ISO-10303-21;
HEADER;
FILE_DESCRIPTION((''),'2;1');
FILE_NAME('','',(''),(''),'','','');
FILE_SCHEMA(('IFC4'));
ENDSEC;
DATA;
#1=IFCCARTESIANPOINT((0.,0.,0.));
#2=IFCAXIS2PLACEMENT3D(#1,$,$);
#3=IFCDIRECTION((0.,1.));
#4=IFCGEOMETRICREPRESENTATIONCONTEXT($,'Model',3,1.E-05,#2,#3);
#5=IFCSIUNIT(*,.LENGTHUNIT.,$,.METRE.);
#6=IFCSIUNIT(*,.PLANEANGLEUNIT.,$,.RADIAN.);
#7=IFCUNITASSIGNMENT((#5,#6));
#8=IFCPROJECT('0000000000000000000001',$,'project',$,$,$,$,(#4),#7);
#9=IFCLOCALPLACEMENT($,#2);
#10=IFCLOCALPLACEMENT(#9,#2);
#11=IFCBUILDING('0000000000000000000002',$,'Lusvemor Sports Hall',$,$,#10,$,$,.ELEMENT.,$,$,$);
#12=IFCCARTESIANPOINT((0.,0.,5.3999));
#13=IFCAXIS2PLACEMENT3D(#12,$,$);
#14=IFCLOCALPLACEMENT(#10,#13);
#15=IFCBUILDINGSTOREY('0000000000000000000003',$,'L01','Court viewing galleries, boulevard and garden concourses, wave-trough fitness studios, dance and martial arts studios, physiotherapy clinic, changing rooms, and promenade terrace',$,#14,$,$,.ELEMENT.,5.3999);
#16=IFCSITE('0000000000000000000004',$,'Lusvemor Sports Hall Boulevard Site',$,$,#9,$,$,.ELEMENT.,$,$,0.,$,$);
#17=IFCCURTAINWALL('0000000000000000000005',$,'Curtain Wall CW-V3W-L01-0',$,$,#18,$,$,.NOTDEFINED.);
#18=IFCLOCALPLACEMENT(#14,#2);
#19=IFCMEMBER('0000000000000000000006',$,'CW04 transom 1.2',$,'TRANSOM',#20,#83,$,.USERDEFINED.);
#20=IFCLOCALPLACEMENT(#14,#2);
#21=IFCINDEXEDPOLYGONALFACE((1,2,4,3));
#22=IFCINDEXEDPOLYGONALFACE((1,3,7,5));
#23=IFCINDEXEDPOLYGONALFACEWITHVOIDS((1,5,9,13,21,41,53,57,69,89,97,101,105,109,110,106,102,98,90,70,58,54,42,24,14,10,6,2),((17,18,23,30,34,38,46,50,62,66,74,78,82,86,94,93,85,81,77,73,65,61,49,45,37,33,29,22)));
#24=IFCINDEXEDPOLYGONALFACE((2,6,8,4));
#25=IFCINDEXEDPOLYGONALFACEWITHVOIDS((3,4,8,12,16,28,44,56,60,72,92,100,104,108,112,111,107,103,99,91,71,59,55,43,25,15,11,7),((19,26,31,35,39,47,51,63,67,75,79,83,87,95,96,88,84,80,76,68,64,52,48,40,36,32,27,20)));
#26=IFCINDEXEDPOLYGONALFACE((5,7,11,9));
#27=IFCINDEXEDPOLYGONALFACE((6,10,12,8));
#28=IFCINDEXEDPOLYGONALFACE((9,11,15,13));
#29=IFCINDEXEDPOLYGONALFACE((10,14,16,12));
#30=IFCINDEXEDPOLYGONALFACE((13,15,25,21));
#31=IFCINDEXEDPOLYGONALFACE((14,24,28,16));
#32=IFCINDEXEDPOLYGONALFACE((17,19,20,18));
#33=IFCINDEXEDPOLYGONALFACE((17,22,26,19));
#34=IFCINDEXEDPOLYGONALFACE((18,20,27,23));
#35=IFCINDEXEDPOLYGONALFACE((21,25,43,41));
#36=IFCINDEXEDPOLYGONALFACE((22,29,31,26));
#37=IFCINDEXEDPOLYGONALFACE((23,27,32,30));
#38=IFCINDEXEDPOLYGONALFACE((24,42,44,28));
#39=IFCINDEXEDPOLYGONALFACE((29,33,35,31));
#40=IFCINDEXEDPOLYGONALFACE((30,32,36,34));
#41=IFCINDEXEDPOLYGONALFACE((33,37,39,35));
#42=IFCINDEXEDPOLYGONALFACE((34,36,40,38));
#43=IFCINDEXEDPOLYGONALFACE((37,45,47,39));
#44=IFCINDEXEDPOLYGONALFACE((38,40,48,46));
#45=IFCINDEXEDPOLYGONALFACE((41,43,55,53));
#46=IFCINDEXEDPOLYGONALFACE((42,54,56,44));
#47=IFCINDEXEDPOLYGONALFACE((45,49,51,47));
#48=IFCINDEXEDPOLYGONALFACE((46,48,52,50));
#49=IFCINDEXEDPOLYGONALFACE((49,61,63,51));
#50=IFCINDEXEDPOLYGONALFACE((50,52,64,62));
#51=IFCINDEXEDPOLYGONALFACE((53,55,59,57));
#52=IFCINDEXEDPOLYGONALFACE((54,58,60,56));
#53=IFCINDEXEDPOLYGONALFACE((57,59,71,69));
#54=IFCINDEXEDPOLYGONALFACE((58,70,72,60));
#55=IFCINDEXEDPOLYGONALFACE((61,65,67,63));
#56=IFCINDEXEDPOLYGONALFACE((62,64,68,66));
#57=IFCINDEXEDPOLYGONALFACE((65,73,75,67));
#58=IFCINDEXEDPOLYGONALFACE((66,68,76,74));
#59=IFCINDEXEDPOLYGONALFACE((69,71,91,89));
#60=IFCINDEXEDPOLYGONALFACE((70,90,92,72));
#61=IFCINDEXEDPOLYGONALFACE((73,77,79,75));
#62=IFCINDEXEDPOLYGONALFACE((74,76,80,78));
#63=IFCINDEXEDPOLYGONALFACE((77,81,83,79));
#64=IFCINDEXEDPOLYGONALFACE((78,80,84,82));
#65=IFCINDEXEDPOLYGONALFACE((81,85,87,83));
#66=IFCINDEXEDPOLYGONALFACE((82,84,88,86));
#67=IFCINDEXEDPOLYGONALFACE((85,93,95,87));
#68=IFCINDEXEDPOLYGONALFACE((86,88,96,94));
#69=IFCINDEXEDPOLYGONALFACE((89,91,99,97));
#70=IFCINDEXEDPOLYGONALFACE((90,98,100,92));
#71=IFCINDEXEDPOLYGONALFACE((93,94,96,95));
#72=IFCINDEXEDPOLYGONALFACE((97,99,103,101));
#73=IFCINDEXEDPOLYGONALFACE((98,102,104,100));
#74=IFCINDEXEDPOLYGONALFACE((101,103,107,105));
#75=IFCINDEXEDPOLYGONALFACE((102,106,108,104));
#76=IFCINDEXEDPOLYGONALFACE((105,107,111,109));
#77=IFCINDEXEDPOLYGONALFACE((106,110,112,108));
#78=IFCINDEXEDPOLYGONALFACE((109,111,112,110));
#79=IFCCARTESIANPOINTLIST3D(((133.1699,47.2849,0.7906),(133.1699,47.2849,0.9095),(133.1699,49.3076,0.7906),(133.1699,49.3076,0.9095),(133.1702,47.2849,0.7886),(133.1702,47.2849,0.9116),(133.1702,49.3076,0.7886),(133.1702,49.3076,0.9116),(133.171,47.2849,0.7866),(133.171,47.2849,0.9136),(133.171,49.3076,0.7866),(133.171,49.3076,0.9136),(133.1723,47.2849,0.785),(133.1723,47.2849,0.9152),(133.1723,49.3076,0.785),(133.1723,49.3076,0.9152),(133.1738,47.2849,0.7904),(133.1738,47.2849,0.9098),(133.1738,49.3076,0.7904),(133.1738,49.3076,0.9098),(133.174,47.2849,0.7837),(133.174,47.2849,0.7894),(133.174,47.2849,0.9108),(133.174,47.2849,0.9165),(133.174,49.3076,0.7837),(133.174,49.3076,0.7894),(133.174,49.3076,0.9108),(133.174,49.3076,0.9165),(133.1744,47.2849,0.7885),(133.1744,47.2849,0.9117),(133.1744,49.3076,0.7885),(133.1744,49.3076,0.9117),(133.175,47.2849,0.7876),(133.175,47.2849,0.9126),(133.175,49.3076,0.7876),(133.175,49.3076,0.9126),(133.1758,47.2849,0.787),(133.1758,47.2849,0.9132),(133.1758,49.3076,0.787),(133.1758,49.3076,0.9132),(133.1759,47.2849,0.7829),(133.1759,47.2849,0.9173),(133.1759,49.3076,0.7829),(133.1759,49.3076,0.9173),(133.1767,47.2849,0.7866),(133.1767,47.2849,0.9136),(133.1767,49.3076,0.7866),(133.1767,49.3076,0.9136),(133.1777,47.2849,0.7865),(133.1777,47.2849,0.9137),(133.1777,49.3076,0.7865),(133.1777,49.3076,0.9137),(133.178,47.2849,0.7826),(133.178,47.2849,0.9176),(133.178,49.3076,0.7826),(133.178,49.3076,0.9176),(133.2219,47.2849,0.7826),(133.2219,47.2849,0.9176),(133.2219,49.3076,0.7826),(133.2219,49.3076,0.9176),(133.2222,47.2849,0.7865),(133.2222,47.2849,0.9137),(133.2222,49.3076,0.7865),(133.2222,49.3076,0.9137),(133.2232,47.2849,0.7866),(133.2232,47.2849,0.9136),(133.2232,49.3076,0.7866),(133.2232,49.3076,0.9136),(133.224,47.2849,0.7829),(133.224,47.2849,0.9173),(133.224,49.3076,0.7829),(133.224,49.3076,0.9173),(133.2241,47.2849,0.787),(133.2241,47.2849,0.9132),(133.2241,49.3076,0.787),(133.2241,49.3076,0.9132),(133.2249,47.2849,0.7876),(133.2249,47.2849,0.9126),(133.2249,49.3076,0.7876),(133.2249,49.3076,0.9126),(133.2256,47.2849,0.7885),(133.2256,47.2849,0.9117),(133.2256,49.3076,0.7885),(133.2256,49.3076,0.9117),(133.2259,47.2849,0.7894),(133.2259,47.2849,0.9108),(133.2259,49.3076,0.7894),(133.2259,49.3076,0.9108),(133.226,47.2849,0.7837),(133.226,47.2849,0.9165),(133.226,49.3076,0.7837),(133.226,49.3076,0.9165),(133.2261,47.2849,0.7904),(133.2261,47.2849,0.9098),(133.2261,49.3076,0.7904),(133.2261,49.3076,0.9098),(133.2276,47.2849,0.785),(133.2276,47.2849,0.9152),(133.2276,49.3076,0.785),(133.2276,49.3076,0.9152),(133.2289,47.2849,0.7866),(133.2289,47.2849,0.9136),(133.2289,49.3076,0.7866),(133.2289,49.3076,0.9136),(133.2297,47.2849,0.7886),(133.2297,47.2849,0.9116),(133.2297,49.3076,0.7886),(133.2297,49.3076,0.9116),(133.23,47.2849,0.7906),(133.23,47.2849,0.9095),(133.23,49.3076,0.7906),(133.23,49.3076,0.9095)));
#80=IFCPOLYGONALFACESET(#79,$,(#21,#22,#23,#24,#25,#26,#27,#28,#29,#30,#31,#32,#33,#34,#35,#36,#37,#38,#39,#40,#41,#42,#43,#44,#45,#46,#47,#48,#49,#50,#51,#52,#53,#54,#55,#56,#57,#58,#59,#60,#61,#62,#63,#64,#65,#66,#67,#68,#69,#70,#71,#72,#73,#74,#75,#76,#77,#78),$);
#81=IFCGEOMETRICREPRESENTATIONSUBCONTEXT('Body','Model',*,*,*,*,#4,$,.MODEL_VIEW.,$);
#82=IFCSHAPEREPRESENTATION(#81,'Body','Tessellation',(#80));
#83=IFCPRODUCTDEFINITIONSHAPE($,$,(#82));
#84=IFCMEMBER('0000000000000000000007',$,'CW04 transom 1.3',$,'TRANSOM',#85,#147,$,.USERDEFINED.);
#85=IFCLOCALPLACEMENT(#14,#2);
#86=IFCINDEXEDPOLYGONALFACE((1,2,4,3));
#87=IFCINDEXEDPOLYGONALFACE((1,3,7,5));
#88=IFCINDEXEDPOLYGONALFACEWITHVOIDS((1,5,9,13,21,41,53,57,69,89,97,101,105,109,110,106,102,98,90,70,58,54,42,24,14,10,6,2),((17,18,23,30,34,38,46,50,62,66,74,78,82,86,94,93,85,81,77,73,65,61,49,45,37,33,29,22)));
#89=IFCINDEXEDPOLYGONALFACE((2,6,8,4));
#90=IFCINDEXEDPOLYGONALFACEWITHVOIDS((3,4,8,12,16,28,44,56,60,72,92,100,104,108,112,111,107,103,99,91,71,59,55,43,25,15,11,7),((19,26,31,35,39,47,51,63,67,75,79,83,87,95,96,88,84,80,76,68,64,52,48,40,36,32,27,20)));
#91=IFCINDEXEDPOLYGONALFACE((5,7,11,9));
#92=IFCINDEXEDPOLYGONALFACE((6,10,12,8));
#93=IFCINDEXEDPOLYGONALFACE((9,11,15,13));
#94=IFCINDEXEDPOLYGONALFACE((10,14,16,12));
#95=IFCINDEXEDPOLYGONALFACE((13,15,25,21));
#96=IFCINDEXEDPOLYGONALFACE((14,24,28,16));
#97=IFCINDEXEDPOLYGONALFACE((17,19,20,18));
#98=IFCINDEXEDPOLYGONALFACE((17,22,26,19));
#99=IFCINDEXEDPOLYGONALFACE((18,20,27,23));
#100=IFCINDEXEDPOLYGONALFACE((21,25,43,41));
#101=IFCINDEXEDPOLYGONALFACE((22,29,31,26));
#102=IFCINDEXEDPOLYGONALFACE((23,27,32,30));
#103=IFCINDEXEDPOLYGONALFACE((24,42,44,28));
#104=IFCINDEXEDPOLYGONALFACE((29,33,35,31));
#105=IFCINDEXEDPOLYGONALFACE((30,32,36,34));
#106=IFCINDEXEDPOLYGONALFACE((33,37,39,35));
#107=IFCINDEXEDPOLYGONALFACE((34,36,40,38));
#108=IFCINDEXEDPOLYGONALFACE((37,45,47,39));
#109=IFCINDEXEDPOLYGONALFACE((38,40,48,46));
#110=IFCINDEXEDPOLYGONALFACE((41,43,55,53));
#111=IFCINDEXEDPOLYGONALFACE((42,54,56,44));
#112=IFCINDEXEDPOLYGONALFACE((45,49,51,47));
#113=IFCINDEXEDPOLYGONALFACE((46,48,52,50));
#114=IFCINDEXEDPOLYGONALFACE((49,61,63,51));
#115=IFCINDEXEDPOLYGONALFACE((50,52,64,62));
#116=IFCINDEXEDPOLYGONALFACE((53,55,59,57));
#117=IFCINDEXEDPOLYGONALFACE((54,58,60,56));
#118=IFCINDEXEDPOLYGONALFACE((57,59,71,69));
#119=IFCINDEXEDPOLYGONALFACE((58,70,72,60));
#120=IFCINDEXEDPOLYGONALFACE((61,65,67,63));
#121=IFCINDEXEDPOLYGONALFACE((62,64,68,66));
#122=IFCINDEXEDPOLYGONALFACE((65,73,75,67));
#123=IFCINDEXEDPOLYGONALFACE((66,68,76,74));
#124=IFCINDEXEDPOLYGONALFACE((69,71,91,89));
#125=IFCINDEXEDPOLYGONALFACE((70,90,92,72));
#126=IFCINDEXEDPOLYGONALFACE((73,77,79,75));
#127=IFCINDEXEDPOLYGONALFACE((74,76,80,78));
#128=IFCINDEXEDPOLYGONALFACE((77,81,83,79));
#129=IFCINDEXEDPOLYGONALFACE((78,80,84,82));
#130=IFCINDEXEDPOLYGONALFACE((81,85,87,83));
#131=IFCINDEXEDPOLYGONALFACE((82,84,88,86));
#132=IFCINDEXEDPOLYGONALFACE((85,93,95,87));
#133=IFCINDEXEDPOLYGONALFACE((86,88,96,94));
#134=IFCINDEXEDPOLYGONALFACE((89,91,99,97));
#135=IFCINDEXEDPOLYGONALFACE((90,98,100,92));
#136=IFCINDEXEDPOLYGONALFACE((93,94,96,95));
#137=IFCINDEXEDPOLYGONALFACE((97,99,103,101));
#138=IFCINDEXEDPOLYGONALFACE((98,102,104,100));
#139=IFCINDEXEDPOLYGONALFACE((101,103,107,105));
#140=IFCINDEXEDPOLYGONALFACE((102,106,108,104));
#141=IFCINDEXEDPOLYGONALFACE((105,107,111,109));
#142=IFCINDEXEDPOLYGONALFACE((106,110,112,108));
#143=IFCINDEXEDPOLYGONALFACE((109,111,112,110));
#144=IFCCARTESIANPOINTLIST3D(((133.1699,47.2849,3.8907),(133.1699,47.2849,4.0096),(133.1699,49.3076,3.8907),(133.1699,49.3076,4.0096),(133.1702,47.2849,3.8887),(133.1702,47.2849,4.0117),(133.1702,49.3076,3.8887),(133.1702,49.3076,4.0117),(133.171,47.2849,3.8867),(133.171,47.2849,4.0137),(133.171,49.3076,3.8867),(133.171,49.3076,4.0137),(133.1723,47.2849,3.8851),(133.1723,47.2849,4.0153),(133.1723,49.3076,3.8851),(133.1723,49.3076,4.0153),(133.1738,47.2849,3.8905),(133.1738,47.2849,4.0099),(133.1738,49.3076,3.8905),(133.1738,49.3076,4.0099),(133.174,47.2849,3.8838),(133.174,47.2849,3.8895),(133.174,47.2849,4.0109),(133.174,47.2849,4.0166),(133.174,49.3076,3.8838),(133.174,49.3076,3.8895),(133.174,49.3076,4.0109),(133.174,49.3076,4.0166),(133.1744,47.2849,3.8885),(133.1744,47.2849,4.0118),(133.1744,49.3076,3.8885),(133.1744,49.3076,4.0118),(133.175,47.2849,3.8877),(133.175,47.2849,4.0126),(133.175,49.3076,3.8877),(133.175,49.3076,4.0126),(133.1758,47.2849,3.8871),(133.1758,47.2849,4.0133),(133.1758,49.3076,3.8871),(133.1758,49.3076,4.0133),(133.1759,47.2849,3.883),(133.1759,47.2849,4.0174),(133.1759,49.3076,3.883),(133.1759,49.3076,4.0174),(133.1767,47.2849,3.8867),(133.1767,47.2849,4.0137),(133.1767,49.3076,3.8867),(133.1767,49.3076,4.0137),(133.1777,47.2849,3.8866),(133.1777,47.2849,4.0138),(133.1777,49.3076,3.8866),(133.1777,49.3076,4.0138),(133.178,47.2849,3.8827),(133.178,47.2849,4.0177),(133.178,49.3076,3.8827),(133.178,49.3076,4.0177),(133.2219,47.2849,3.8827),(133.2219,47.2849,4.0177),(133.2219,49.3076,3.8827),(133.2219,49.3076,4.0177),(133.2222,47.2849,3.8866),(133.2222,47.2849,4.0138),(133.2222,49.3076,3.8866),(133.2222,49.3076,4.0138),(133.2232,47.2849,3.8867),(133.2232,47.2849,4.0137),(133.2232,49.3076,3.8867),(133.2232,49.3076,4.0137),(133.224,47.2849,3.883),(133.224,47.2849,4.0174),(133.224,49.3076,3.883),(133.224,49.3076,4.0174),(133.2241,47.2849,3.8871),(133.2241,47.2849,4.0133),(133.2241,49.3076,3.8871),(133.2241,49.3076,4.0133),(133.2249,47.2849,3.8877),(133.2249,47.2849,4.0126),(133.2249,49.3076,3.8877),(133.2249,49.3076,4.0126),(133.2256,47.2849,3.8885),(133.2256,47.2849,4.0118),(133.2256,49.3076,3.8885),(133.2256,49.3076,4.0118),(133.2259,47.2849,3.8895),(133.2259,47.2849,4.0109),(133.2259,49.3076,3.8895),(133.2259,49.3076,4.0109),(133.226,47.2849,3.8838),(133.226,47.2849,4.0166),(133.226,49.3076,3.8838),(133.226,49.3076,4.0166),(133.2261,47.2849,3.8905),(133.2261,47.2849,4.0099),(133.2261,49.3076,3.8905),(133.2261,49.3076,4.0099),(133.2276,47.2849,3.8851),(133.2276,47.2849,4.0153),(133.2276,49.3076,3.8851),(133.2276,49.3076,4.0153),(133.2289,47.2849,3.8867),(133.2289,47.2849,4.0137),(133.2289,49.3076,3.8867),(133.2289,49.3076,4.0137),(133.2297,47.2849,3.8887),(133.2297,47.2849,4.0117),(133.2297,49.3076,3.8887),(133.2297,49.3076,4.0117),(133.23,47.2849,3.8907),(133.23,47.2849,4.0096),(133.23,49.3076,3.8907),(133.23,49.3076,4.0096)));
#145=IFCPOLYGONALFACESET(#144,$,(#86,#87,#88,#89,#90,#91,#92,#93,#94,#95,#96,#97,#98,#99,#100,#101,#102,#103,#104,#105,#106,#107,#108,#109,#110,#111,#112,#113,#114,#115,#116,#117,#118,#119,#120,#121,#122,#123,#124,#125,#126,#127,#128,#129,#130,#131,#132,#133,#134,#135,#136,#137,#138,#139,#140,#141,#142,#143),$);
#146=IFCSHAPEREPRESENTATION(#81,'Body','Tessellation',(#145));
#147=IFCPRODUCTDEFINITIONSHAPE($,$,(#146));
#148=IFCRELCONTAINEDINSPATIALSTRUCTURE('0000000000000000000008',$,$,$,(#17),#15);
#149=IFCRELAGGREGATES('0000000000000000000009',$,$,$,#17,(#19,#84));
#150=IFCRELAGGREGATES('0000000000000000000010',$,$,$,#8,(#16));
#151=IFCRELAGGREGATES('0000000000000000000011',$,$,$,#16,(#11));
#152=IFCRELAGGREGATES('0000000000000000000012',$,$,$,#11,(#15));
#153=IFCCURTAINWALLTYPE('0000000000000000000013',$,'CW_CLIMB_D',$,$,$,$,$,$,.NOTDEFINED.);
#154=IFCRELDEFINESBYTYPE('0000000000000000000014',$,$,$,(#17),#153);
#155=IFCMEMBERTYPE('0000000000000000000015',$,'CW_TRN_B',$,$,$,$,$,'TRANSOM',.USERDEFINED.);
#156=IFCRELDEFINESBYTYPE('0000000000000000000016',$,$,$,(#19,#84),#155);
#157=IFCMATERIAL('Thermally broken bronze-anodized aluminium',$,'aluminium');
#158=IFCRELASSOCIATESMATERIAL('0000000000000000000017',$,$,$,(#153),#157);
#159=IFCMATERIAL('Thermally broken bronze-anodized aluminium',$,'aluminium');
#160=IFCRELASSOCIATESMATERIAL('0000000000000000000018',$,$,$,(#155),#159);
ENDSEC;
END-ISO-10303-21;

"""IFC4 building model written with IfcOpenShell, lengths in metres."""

from ifc_helpers import new_model, si_unit, direction, frame, origin, origin_2d, place, context, subcontext, project, spatial, hollow_rectangle, extrude, material, material_profile, profile_set, type_object, element, aggregate, save


model = new_model("IFC4")

# Units and contexts
model_context = context("Model", 3, precision=1e-05, world=origin(), true_north=direction((0.0, 1.0)))
body_context = subcontext(model_context, "Body", "Model", "MODEL_VIEW")
ifc_project = project(units=[si_unit("LENGTHUNIT", "METRE"), si_unit("PLANEANGLEUNIT", "RADIAN")], contexts=[model_context])

# Site, building, storey
site_placement = place(None, origin())
site = spatial("IfcSite", under=ifc_project, at=site_placement, Name="Lusvemor Sports Hall Boulevard Site", CompositionType="ELEMENT", RefElevation=0.0)
building_placement = place(site_placement, origin())
building = spatial("IfcBuilding", under=site, at=building_placement, Name="Lusvemor Sports Hall", CompositionType="ELEMENT")
storey_placement = place(building_placement, frame((0.0, 0.0, 5.3999)))
storey = spatial("IfcBuildingStorey", under=building, at=storey_placement, Name="L01", Description="Court viewing galleries, boulevard and garden concourses, wave-trough fitness studios, dance and martial arts studios, physiotherapy clinic, changing rooms, and promenade terrace", CompositionType="ELEMENT", Elevation=5.3999)

# Curtain wall
ifc_material_1 = material(Name="Thermally broken bronze-anodized aluminium", Category="aluminium")
curtain_wall_type_1 = type_object("IfcCurtainWallType", Name="CW_CLIMB_D", PredefinedType="NOTDEFINED", material=ifc_material_1)
curtain_wall_1_placement = place(storey_placement, origin())
curtain_wall_1 = element("IfcCurtainWall", 1, at=curtain_wall_1_placement, inside=storey, type_object=curtain_wall_type_1, Name="Curtain Wall CW-V3W-L01-0", PredefinedType="NOTDEFINED")

# Members
ifc_material_2 = material(Name="Thermally broken bronze-anodized aluminium", Category="aluminium")
ifc_material_profile_1 = material_profile(ifc_material_2, hollow_rectangle(XDim=0.0601, YDim=0.135, WallThickness=0.0039, InnerFilletRadius=0.0039, OuterFilletRadius=0.0081, at=origin_2d()), Name="CWTRN135x60x4")
ifc_profile_set_1 = profile_set([ifc_material_profile_1], Name="Thermally broken bronze-anodized aluminium")
member_type_1 = type_object("IfcMemberType", Name="CW_TRN_B", ElementType="TRANSOM", PredefinedType="USERDEFINED", material=ifc_profile_set_1)
member_1_placement = place(storey_placement, frame((133.2, 47.2849, 0.8501), z_axis=(0.0, 1.0, 0.0), x_axis=(-1.0, 0.0, 0.0)))
member_1 = element("IfcMember", 2, at=member_1_placement, type_object=member_type_1, Name="CW04 transom 1.2", ObjectType="TRANSOM", PredefinedType="USERDEFINED", context=body_context, shape_type="SweptSolid", body=[
    extrude(hollow_rectangle(XDim=0.0601, YDim=0.135, WallThickness=0.0039, InnerFilletRadius=0.0039, OuterFilletRadius=0.0081, at=origin_2d()), origin(), (0.0, 0.0, 1.0), 2.0227),
])
member_2_placement = place(storey_placement, frame((133.2, 47.2849, 3.9502), z_axis=(0.0, 1.0, 0.0), x_axis=(-1.0, 0.0, 0.0)))
member_2 = element("IfcMember", 3, at=member_2_placement, type_object=member_type_1, Name="CW04 transom 1.3", ObjectType="TRANSOM", PredefinedType="USERDEFINED", context=body_context, shape_type="SweptSolid", body=[
    extrude(hollow_rectangle(XDim=0.0601, YDim=0.135, WallThickness=0.0039, InnerFilletRadius=0.0039, OuterFilletRadius=0.0081, at=origin_2d()), origin(), (0.0, 0.0, 1.0), 2.0227),
])

aggregate(curtain_wall_1, [member_1, member_2])

save(model, "model.ifc")
